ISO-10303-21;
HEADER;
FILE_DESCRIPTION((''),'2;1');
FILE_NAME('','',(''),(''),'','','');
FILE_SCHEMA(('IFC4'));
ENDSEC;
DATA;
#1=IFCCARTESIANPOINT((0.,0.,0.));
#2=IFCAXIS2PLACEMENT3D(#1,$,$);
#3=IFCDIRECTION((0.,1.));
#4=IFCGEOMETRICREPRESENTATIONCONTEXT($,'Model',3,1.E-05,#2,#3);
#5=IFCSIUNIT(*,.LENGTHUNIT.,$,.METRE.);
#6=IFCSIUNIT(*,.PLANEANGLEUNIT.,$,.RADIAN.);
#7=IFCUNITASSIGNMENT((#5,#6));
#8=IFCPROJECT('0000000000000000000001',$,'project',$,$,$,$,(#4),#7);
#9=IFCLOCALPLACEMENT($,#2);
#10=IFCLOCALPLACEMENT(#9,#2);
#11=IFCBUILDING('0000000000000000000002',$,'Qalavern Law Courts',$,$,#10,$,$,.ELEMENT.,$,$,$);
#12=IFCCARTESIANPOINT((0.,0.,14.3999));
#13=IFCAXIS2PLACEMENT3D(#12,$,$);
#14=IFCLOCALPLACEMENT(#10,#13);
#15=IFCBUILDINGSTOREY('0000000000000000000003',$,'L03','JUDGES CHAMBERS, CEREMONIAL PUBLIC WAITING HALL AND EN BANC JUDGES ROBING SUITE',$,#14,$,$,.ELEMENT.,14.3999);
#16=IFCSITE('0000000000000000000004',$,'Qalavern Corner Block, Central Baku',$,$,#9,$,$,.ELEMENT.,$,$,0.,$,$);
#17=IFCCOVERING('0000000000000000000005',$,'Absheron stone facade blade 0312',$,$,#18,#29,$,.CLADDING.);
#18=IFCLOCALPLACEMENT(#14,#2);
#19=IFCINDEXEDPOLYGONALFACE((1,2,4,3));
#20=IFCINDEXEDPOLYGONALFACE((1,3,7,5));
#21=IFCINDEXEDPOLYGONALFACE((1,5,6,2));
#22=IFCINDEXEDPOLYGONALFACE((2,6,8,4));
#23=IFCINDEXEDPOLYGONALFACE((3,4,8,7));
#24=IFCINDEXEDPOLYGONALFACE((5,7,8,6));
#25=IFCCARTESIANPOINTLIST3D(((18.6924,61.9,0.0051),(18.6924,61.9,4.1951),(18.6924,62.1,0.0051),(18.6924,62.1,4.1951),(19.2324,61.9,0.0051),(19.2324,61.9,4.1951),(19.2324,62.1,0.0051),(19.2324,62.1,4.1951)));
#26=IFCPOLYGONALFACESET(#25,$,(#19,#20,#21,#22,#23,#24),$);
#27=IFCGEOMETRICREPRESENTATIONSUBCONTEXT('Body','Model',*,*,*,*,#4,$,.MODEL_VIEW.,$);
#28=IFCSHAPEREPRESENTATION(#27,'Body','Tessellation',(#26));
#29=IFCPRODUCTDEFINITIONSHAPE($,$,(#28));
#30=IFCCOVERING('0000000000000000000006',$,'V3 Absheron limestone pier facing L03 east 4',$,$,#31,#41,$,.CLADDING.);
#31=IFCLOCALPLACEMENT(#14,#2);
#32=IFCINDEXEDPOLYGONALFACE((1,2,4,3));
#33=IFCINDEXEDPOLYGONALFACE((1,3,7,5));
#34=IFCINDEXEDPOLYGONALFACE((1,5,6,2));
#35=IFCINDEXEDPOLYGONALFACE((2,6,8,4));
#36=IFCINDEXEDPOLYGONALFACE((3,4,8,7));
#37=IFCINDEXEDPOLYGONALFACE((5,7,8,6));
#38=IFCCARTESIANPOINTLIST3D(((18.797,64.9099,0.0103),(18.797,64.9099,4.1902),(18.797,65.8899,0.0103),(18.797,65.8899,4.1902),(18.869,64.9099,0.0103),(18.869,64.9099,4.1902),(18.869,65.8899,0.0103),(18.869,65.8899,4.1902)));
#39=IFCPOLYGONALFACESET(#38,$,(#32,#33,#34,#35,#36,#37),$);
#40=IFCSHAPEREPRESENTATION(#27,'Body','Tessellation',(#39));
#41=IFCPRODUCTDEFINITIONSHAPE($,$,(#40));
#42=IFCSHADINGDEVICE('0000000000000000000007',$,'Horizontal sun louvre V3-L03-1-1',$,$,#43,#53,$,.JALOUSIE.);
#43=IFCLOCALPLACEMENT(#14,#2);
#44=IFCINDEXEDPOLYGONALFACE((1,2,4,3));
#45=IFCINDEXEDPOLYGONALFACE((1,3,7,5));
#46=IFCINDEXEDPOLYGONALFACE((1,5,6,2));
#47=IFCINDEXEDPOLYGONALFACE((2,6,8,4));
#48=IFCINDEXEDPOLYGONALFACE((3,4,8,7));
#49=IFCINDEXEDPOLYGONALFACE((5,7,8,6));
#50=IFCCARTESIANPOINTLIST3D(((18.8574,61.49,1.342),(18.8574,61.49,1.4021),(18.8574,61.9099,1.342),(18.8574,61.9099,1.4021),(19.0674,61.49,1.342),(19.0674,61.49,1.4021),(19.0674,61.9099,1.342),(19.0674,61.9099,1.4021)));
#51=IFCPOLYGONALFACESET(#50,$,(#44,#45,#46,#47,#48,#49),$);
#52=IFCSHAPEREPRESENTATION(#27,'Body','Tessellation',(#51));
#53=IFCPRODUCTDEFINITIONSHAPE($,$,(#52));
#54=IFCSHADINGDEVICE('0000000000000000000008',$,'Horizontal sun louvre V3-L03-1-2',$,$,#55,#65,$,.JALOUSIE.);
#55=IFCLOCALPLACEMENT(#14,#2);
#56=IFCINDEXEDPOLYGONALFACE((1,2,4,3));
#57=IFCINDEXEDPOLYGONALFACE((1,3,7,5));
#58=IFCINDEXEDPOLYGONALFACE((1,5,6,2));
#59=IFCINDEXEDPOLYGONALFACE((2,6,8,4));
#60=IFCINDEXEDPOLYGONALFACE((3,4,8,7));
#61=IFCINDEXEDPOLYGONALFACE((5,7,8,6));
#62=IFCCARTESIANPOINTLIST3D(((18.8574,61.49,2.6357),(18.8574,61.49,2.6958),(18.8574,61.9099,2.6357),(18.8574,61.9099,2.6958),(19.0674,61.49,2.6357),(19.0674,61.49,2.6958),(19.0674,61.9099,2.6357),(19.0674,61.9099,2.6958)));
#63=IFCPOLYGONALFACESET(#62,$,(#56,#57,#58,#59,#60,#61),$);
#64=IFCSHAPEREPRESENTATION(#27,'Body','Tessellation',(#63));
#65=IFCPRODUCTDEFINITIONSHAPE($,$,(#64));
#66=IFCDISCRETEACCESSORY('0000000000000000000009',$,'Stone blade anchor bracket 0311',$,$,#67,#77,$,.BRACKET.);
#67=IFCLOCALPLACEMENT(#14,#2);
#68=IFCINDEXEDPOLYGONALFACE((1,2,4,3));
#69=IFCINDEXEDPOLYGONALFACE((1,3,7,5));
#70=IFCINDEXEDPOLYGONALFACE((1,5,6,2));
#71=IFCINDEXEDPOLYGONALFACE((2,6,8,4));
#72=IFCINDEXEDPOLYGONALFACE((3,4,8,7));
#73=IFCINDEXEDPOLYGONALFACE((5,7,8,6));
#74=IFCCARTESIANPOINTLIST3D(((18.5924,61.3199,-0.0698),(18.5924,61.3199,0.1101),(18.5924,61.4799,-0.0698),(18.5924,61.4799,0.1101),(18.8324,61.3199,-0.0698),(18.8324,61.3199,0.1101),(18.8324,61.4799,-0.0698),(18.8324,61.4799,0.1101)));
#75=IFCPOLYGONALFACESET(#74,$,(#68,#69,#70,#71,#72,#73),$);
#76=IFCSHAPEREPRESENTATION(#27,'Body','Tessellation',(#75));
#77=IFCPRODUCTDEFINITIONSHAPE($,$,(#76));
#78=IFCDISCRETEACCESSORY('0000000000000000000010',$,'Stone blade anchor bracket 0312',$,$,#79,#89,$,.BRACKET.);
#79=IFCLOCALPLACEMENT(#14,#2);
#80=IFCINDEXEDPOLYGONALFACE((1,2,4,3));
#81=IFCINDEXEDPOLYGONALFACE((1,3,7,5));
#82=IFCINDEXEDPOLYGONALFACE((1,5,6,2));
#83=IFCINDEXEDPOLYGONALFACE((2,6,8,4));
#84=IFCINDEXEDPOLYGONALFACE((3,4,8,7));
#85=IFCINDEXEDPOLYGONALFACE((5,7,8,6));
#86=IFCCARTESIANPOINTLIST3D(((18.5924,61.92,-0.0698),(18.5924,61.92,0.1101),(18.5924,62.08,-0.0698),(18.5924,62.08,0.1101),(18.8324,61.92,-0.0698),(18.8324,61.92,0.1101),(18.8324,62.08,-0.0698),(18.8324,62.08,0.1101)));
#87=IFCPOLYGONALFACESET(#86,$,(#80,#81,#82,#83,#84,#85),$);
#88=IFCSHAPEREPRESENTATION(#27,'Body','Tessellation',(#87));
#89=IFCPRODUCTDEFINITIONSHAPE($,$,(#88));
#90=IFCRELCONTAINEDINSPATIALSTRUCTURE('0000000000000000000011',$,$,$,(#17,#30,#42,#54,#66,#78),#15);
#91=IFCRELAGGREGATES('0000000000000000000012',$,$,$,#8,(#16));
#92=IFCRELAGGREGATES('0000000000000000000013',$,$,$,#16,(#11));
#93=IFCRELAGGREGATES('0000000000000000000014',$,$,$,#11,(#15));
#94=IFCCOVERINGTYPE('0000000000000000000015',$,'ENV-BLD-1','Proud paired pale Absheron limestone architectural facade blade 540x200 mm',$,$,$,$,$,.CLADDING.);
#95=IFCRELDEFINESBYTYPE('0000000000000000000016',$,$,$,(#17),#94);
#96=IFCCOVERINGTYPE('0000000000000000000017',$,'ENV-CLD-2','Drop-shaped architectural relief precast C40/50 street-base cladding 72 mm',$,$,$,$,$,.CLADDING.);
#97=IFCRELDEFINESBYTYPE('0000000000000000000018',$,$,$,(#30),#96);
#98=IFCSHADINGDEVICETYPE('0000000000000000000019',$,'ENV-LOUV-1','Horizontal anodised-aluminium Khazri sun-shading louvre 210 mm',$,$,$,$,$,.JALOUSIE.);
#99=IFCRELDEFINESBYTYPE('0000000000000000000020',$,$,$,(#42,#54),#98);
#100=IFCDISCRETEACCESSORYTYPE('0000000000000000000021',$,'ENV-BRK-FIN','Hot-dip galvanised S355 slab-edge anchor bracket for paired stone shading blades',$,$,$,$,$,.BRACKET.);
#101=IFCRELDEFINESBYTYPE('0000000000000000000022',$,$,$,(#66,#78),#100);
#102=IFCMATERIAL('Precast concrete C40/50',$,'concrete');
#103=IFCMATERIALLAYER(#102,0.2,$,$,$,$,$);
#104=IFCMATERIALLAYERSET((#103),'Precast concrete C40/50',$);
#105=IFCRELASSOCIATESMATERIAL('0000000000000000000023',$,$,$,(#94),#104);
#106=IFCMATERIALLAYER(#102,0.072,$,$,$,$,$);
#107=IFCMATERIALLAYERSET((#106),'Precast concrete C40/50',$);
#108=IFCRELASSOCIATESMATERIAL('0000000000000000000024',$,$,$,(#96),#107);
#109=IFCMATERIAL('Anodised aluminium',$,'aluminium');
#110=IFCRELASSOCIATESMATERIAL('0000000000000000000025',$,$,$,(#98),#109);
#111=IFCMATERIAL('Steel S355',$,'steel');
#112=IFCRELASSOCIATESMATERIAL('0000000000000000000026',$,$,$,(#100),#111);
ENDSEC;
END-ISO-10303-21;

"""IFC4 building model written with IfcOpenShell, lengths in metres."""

from ifc_helpers import new_model, si_unit, direction, frame, origin, origin_2d, place, context, subcontext, project, spatial, rectangle, extrude, material, layer, layer_set, type_object, element, save


model = new_model("IFC4")

# Units and contexts
model_context = context("Model", 3, precision=1e-05, world=origin(), true_north=direction((0.0, 1.0)))
body_context = subcontext(model_context, "Body", "Model", "MODEL_VIEW")
ifc_project = project(units=[si_unit("LENGTHUNIT", "METRE"), si_unit("PLANEANGLEUNIT", "RADIAN")], contexts=[model_context])

# Site, building, storey
site_placement = place(None, origin())
site = spatial("IfcSite", under=ifc_project, at=site_placement, Name="Qalavern Corner Block, Central Baku", CompositionType="ELEMENT", RefElevation=0.0)
building_placement = place(site_placement, origin())
building = spatial("IfcBuilding", under=site, at=building_placement, Name="Qalavern Law Courts", CompositionType="ELEMENT")
storey_placement = place(building_placement, frame((0.0, 0.0, 14.3999)))
storey = spatial("IfcBuildingStorey", under=building, at=storey_placement, Name="L03", Description="JUDGES CHAMBERS, CEREMONIAL PUBLIC WAITING HALL AND EN BANC JUDGES ROBING SUITE", CompositionType="ELEMENT", Elevation=14.3999)

# Shared definitions
ifc_material_1 = material(Name="Anodised aluminium", Category="aluminium")

# Shared definitions
ifc_material_2 = material(Name="Steel S355", Category="steel")

# Coverings
ifc_material_3 = material(Name="Precast concrete C40/50", Category="concrete")
ifc_layer_1 = layer(ifc_material_3, 0.2)
ifc_layer_set_1 = layer_set([ifc_layer_1], Name="Precast concrete C40/50")
covering_type_1 = type_object("IfcCoveringType", Name="ENV-BLD-1", Description="Proud paired pale Absheron limestone architectural facade blade 540x200 mm", PredefinedType="CLADDING", material=ifc_layer_set_1)
for number, where, z_axis, x_axis, name in (
    (1, (18.9624, 62.0, 0.0051), (0.0, 0.0, 1.0), (1.0, 0.0, 0.0), "Absheron stone facade blade 0312"),
):
    element("IfcCovering", number, at=place(storey_placement, frame(where, z_axis=z_axis, x_axis=x_axis)), inside=storey, type_object=covering_type_1, Name=name, PredefinedType="CLADDING", context=body_context, shape_type="SweptSolid", body=[
        extrude(rectangle(XDim=0.54, YDim=0.2, at=origin_2d()), origin(), (0.0, 0.0, 1.0), 4.1899),
    ])
ifc_layer_2 = layer(ifc_material_3, 0.072)
ifc_layer_set_2 = layer_set([ifc_layer_2], Name="Precast concrete C40/50")
covering_type_2 = type_object("IfcCoveringType", Name="ENV-CLD-2", Description="Drop-shaped architectural relief precast C40/50 street-base cladding 72 mm", PredefinedType="CLADDING", material=ifc_layer_set_2)
covering_placement = place(storey_placement, frame((18.833, 65.3999, 0.0103), z_axis=(0.0, 0.0, 1.0), x_axis=(0.0, 1.0, 0.0)))
element("IfcCovering", 2, at=covering_placement, inside=storey, type_object=covering_type_2, Name="V3 Absheron limestone pier facing L03 east 4", PredefinedType="CLADDING", context=body_context, shape_type="SweptSolid", body=[
    extrude(rectangle(XDim=0.98, YDim=0.072, at=origin_2d()), origin(), (0.0, 0.0, 1.0), 4.1799),
])

# Shading devices
shading_device_type = type_object("IfcShadingDeviceType", Name="ENV-LOUV-1", Description="Horizontal anodised-aluminium Khazri sun-shading louvre 210 mm", PredefinedType="JALOUSIE", material=ifc_material_1)
for number, where, z_axis, x_axis, name in (
    (3, (18.9624, 61.7, 1.342), (0.0, 0.0, 1.0), (0.0, 1.0, 0.0), "Horizontal sun louvre V3-L03-1-1"),
    (4, (18.9624, 61.7, 2.6357), (0.0, 0.0, 1.0), (0.0, 1.0, 0.0), "Horizontal sun louvre V3-L03-1-2"),
):
    element("IfcShadingDevice", number, at=place(storey_placement, frame(where, z_axis=z_axis, x_axis=x_axis)), inside=storey, type_object=shading_device_type, Name=name, PredefinedType="JALOUSIE", context=body_context, shape_type="SweptSolid", body=[
        extrude(rectangle(XDim=0.4199, YDim=0.21, at=origin_2d()), origin(), (0.0, 0.0, 1.0), 0.0601),
    ])

# Discrete accessories
discrete_accessory_type = type_object("IfcDiscreteAccessoryType", Name="ENV-BRK-FIN", Description="Hot-dip galvanised S355 slab-edge anchor bracket for paired stone shading blades", PredefinedType="BRACKET", material=ifc_material_2)
for number, where, z_axis, x_axis, name in (
    (5, (18.7124, 61.3999, -0.0698), (0.0, 0.0, 1.0), (1.0, 0.0, 0.0), "Stone blade anchor bracket 0311"),
    (6, (18.7124, 62.0, -0.0698), (0.0, 0.0, 1.0), (1.0, 0.0, 0.0), "Stone blade anchor bracket 0312"),
):
    element("IfcDiscreteAccessory", number, at=place(storey_placement, frame(where, z_axis=z_axis, x_axis=x_axis)), inside=storey, type_object=discrete_accessory_type, Name=name, PredefinedType="BRACKET", context=body_context, shape_type="SweptSolid", body=[
        extrude(rectangle(XDim=0.24, YDim=0.1599, at=origin_2d()), origin(), (0.0, 0.0, 1.0), 0.1799),
    ])

save(model, "model.ifc")
